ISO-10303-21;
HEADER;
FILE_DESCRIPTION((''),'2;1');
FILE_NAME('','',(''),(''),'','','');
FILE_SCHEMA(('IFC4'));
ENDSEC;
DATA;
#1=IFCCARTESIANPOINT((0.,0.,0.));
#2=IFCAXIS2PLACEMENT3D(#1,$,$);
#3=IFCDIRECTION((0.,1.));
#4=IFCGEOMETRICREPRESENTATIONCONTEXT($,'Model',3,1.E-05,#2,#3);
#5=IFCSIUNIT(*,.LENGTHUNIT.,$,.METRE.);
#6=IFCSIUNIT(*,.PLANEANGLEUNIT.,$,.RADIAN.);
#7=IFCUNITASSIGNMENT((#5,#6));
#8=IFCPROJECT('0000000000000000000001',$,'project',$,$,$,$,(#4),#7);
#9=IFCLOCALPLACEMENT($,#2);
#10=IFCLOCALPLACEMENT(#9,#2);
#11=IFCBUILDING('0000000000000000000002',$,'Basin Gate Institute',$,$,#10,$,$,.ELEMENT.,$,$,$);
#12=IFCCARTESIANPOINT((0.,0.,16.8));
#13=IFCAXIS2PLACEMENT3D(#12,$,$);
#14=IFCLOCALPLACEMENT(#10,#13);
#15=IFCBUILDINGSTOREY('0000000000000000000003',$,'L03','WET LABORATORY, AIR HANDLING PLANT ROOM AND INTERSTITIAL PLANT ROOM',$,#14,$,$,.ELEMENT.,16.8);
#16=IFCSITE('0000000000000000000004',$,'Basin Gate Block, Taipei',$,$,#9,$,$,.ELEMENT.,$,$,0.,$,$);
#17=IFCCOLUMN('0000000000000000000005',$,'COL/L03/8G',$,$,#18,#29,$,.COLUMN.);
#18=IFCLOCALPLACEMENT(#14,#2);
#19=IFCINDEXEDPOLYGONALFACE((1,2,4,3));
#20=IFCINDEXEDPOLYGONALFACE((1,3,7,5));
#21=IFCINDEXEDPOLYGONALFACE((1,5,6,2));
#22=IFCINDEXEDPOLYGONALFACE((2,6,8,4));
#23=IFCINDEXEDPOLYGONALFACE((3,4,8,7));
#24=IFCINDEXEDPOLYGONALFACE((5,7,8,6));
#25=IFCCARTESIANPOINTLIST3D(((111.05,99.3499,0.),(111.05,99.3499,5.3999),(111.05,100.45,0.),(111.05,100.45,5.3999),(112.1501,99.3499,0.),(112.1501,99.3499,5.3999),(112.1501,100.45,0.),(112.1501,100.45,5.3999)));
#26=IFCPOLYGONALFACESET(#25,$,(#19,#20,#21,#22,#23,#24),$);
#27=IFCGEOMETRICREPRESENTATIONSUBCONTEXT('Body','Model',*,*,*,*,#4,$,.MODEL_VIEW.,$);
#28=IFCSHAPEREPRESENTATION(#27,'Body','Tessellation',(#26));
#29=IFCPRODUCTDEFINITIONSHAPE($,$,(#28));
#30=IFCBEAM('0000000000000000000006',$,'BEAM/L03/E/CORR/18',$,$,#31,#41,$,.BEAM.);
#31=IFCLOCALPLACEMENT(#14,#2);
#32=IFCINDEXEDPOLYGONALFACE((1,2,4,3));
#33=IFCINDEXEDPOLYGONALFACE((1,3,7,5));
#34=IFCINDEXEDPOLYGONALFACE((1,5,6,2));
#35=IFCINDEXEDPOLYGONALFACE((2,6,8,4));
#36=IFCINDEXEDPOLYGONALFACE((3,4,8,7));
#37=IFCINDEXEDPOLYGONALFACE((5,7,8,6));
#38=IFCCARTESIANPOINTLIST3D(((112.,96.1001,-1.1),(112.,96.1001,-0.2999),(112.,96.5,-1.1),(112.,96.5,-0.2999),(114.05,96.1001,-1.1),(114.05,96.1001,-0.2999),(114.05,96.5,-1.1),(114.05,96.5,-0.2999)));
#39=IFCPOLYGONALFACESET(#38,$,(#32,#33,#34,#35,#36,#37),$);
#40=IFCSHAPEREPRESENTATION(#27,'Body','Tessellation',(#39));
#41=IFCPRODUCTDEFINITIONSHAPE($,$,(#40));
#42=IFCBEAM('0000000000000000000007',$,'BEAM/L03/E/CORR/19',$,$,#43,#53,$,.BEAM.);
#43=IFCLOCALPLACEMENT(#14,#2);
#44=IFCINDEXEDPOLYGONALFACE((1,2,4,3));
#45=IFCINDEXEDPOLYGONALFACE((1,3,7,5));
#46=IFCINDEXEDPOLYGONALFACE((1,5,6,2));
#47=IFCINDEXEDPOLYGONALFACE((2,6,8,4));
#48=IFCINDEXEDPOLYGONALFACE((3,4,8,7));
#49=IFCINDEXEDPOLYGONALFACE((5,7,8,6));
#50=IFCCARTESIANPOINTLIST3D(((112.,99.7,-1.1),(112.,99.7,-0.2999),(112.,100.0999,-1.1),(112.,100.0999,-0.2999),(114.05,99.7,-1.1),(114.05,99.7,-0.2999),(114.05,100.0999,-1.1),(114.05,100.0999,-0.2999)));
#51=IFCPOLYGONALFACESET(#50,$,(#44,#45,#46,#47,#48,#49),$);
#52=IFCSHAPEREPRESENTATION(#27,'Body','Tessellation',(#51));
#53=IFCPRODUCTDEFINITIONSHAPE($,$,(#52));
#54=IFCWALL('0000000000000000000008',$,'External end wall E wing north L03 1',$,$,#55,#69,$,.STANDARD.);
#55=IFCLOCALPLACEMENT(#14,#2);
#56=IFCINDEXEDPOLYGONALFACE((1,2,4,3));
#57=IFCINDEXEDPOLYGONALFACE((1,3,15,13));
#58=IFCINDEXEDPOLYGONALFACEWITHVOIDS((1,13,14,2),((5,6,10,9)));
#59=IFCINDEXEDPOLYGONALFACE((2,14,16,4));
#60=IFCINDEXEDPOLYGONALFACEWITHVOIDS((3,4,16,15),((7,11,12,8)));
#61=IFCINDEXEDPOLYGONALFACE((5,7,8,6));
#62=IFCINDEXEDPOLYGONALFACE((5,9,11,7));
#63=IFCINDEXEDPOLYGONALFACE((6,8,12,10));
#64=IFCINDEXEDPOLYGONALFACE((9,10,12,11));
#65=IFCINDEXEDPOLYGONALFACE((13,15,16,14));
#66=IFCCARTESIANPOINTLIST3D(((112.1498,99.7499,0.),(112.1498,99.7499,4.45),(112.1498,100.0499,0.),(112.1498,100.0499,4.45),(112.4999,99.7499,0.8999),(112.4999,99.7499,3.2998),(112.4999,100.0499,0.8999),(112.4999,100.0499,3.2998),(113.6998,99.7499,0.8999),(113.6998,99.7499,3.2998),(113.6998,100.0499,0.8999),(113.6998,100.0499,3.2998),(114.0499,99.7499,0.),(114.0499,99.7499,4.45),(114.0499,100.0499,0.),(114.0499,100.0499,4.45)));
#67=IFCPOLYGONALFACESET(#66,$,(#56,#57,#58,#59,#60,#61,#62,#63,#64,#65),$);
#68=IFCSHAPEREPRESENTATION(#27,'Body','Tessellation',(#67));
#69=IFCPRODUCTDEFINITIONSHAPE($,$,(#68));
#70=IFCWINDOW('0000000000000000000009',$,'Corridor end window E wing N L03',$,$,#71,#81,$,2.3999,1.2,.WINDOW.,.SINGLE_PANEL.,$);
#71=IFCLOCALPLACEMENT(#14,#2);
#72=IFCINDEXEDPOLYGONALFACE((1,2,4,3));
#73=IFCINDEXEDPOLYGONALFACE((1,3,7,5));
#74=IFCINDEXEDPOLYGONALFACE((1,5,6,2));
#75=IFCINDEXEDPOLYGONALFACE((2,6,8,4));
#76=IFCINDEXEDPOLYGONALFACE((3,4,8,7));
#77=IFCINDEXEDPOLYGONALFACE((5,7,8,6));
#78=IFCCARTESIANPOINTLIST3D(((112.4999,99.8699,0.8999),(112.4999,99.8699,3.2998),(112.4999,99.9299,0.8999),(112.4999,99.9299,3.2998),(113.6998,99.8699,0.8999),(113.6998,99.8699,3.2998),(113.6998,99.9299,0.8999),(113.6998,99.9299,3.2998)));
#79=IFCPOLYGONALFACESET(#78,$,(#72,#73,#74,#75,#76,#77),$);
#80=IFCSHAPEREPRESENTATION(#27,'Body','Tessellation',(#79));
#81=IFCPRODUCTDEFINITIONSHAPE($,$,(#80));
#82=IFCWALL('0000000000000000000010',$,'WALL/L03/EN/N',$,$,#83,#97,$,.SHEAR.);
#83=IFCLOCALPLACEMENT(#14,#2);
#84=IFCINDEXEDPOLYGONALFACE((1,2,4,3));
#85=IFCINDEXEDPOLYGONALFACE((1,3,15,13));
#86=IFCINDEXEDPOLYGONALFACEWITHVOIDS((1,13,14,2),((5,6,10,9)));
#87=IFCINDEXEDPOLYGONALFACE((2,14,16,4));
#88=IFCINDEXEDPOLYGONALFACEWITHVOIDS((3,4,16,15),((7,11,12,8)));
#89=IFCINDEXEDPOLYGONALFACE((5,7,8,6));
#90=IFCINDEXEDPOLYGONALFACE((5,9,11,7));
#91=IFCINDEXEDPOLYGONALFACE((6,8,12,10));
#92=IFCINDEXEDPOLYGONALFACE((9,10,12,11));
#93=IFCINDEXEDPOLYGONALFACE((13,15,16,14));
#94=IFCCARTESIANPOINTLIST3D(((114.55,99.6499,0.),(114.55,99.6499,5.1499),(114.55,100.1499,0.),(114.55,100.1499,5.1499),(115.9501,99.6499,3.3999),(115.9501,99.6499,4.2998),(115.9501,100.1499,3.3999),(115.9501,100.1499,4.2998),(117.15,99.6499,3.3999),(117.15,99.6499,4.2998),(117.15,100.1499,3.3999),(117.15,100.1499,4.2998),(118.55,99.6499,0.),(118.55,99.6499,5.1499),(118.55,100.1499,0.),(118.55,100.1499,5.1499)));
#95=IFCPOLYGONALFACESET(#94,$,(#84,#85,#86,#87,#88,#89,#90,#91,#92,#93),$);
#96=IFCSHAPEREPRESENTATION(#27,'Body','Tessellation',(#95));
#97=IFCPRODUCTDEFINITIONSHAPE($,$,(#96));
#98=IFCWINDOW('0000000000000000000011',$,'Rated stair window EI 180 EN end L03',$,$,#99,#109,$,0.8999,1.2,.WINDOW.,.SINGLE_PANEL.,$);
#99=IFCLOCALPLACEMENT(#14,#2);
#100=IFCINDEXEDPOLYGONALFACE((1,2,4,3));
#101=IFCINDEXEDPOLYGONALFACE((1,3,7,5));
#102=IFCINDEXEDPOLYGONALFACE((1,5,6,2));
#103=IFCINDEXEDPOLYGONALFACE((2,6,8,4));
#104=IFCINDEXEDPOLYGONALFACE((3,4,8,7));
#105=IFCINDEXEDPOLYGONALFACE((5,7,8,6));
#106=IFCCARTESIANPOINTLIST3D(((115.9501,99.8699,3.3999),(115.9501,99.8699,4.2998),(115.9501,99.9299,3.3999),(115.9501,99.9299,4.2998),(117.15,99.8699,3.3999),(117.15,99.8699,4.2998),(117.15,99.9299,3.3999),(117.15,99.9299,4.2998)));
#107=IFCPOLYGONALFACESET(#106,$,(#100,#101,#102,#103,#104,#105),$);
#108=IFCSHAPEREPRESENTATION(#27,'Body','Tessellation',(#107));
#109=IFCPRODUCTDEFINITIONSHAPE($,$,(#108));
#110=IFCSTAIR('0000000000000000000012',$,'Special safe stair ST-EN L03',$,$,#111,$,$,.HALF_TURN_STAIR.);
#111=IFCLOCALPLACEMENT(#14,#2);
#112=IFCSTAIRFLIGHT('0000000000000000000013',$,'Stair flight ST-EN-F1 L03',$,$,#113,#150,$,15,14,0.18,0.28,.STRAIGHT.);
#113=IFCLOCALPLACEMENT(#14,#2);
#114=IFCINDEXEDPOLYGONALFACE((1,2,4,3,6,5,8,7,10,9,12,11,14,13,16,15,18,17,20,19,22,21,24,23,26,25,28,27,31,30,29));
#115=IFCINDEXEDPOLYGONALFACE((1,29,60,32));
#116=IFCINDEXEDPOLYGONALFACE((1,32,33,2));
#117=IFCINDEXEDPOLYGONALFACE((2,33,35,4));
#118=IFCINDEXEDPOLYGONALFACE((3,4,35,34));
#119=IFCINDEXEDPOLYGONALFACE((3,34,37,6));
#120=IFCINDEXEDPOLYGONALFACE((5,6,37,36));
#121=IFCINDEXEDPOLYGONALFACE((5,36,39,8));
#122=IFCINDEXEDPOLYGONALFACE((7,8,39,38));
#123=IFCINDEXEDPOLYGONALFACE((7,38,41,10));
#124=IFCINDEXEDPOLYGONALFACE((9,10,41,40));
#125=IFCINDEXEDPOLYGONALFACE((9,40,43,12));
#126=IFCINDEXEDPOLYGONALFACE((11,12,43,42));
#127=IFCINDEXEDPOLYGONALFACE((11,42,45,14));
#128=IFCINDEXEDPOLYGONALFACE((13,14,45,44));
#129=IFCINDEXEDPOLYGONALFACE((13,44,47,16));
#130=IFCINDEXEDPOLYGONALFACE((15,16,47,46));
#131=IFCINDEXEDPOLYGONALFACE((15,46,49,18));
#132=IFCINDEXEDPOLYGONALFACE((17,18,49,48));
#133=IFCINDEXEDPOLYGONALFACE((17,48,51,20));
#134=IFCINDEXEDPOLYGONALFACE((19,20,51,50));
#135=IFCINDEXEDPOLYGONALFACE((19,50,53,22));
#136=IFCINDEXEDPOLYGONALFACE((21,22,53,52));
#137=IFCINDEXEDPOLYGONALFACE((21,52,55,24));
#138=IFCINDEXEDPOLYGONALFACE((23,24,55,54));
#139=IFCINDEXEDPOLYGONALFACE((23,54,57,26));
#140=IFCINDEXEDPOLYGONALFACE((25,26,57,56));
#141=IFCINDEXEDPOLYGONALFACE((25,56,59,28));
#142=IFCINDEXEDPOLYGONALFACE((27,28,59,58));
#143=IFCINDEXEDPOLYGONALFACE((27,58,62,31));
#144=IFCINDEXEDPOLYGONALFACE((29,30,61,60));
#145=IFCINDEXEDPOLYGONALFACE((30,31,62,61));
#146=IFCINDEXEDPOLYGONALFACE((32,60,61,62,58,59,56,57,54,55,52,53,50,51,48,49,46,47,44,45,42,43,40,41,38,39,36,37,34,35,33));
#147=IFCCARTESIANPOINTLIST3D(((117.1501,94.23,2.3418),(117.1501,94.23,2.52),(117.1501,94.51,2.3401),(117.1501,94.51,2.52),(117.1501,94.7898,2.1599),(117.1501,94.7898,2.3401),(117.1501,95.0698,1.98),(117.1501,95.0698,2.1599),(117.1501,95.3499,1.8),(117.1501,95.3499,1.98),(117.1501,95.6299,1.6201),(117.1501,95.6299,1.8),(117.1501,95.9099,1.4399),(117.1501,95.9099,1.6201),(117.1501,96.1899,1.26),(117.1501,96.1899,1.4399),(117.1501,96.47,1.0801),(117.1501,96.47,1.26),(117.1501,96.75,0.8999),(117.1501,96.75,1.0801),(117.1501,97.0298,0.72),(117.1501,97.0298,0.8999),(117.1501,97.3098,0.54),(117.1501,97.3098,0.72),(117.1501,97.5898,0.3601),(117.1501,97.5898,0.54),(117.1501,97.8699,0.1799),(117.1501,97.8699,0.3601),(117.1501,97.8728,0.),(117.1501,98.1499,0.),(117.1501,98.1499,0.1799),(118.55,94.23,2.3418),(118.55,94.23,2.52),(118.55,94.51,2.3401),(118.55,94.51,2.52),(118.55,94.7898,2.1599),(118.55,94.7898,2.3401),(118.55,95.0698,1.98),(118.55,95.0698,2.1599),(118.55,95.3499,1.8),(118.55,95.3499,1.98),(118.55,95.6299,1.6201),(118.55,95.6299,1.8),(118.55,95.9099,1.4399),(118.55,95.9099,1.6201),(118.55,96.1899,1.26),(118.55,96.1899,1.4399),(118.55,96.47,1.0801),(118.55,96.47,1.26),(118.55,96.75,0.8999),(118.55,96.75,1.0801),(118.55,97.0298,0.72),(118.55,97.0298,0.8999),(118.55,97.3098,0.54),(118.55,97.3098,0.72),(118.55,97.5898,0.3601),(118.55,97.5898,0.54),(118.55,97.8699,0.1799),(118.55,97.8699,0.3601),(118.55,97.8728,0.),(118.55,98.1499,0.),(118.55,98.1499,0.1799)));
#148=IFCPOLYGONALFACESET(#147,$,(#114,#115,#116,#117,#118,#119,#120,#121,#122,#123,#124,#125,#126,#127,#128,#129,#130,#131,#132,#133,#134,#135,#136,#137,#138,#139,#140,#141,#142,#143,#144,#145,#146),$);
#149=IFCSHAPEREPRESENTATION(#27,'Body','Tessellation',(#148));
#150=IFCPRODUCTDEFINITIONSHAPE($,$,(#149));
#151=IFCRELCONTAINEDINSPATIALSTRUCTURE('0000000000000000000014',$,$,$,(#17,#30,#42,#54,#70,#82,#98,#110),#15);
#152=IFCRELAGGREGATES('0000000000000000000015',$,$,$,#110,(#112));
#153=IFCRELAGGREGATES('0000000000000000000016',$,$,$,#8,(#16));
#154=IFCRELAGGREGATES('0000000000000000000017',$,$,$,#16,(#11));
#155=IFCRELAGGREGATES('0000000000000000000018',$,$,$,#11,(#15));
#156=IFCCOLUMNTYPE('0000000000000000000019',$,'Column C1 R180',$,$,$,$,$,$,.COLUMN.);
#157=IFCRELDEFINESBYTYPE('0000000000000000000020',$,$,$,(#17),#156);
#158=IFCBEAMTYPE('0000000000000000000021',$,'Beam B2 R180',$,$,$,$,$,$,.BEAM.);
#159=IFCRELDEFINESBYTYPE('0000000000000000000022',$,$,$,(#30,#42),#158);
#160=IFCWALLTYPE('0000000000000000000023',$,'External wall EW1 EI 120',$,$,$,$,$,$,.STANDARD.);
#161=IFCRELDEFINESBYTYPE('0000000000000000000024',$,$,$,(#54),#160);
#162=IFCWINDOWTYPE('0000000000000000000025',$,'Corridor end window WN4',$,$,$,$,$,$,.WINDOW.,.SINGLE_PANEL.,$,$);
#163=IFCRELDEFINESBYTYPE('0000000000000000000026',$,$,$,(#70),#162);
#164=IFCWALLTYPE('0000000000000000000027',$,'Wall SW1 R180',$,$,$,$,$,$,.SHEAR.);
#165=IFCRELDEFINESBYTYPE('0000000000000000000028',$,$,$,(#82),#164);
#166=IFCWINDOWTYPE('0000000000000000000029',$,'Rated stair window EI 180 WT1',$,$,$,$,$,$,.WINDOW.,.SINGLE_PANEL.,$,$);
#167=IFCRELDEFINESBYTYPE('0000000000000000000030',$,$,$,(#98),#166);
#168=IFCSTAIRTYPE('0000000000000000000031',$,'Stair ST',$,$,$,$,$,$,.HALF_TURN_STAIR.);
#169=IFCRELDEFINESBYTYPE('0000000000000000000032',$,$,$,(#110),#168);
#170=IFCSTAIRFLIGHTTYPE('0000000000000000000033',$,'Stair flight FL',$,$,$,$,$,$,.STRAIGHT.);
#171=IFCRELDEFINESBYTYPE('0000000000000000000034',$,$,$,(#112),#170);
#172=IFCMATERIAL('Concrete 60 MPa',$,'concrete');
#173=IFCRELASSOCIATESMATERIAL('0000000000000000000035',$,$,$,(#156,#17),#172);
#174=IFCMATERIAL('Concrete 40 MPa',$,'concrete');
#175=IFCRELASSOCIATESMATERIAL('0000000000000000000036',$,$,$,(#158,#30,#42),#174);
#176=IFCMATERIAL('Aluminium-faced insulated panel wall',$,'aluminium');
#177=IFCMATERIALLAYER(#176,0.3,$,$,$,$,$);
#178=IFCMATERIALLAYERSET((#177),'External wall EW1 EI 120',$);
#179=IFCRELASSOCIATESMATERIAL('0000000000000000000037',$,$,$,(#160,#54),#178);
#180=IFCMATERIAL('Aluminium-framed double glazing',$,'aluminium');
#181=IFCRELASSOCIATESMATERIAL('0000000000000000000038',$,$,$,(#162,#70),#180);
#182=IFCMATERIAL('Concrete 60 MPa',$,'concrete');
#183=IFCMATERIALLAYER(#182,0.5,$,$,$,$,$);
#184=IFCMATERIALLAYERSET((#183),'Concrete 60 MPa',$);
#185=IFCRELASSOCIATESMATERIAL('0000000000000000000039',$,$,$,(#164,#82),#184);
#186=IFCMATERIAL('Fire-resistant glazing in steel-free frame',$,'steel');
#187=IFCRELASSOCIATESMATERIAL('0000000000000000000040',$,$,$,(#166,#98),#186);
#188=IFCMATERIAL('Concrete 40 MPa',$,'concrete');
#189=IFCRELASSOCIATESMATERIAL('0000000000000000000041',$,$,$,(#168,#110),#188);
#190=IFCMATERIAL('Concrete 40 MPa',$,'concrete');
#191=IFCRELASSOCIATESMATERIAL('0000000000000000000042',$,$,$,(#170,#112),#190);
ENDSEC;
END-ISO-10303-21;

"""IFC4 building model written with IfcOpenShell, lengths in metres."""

from ifc_helpers import new_model, si_unit, direction, frame, frame_2d, origin, origin_2d, place, context, subcontext, project, spatial, polyline, rectangle, outline, extrude, material, layer, layer_set, material_profile, profile_set, type_object, element, fill, aggregate, save


model = new_model("IFC4")

# Units and contexts
model_context = context("Model", 3, precision=1e-05, world=origin(), true_north=direction((0.0, 1.0)))
body_context = subcontext(model_context, "Body", "Model", "MODEL_VIEW")
ifc_project = project(units=[si_unit("LENGTHUNIT", "METRE"), si_unit("PLANEANGLEUNIT", "RADIAN")], contexts=[model_context])

# Site, building, storey
site_placement = place(None, origin())
site = spatial("IfcSite", under=ifc_project, at=site_placement, Name="Basin Gate Block, Taipei", CompositionType="ELEMENT", RefElevation=0.0)
building_placement = place(site_placement, origin())
building = spatial("IfcBuilding", under=site, at=building_placement, Name="Basin Gate Institute", CompositionType="ELEMENT")
storey_placement = place(building_placement, frame((0.0, 0.0, 16.8)))
storey = spatial("IfcBuildingStorey", under=building, at=storey_placement, Name="L03", Description="WET LABORATORY, AIR HANDLING PLANT ROOM AND INTERSTITIAL PLANT ROOM", CompositionType="ELEMENT", Elevation=16.8)

# Column
ifc_material_1 = material(Name="Concrete 60 MPa", Category="concrete")
ifc_material_profile_1 = material_profile(ifc_material_1, rectangle(XDim=1.1001, YDim=1.1001, at=origin_2d()), Name="Column C1 1100 x 1100")
ifc_profile_set_1 = profile_set([ifc_material_profile_1], Name="Concrete 60 MPa")
column_type = type_object("IfcColumnType", Name="Column C1 R180", PredefinedType="COLUMN", material=ifc_profile_set_1)
column_placement = place(storey_placement, frame((111.6001, 99.8999, 0.0), z_axis=(0.0, 0.0, 1.0), x_axis=(1.0, 0.0, 0.0)))
element("IfcColumn", 1, at=column_placement, inside=storey, type_object=column_type, material=ifc_profile_set_1, Name="COL/L03/8G", PredefinedType="COLUMN", context=body_context, shape_type="SweptSolid", body=[
    extrude(rectangle(XDim=1.1001, YDim=1.1001, at=origin_2d()), origin(), (0.0, 0.0, 1.0), 5.3999),
])

# Beams
ifc_material_2 = material(Name="Concrete 40 MPa", Category="concrete")
ifc_material_profile_2 = material_profile(ifc_material_2, rectangle(XDim=0.3999, YDim=0.8, at=origin_2d()), Name="Beam B2 400 x 800")
ifc_profile_set_2 = profile_set([ifc_material_profile_2], Name="Concrete 40 MPa")
beam_type = type_object("IfcBeamType", Name="Beam B2 R180", PredefinedType="BEAM", material=ifc_profile_set_2)
for number, where, z_axis, x_axis, name in (
    (2, (114.05, 96.3, -0.7), (-1.0, 0.0, 0.0), (0.0, -1.0, 0.0), "BEAM/L03/E/CORR/18"),
    (3, (114.05, 99.8999, -0.7), (-1.0, 0.0, 0.0), (0.0, -1.0, 0.0), "BEAM/L03/E/CORR/19"),
):
    element("IfcBeam", number, at=place(storey_placement, frame(where, z_axis=z_axis, x_axis=x_axis)), inside=storey, type_object=beam_type, material=ifc_profile_set_2, Name=name, PredefinedType="BEAM", context=body_context, shape_type="SweptSolid", body=[
        extrude(rectangle(XDim=0.3999, YDim=0.8, at=origin_2d()), origin(), (0.0, 0.0, 1.0), 2.05),
    ])

# Walls, openings, windows
ifc_material_3 = material(Name="Aluminium-faced insulated panel wall", Category="aluminium")
ifc_layer_1 = layer(ifc_material_3, 0.3)
ifc_layer_set_1 = layer_set([ifc_layer_1], Name="External wall EW1 EI 120")
wall_type_1 = type_object("IfcWallType", Name="External wall EW1 EI 120", PredefinedType="STANDARD", material=ifc_layer_set_1)
wall_1_placement = place(storey_placement, frame((114.05, 99.8999, 0.0), z_axis=(0.0, 0.0, 1.0), x_axis=(-1.0, 0.0, 0.0)))
wall_1 = element("IfcWall", 4, at=wall_1_placement, inside=storey, type_object=wall_type_1, material=ifc_layer_set_1, Name="External end wall E wing north L03 1", PredefinedType="STANDARD", context=body_context, shape_type="SweptSolid", body=[
    extrude(rectangle(XDim=1.9001, YDim=0.3, at=frame_2d((0.9502, 0.0))), origin(), (0.0, 0.0, 1.0), 4.45),
])
opening_1_placement = place(wall_1_placement, frame((0.3501, 0.0, 0.8999)))
opening_1 = element("IfcOpeningElement", 5, at=opening_1_placement, cuts=wall_1, PredefinedType="OPENING", context=body_context, shape_type="SweptSolid", body=[
    extrude(rectangle(XDim=1.2, YDim=2.3999, at=frame_2d((0.6001, 1.2))), frame((0.0, 0.1602, 0.0), z_axis=(0.0, -1.0, 0.0), x_axis=(1.0, 0.0, 0.0)), (0.0, 0.0, 1.0), 0.3201),
])
ifc_material_4 = material(Name="Aluminium-framed double glazing", Category="aluminium")
window_type_1 = type_object("IfcWindowType", Name="Corridor end window WN4", PartitioningType="SINGLE_PANEL", PredefinedType="WINDOW", material=ifc_material_4)
window_1_placement = place(opening_1_placement, origin())
window_1 = element("IfcWindow", 6, at=window_1_placement, inside=storey, type_object=window_type_1, material=ifc_material_4, Name="Corridor end window E wing N L03", OverallHeight=2.3999, OverallWidth=1.2, PartitioningType="SINGLE_PANEL", PredefinedType="WINDOW", context=body_context, shape_type="SweptSolid", body=[
    extrude(rectangle(XDim=1.2, YDim=2.3999, at=frame_2d((0.6001, 1.2))), frame((0.0, 0.03, 0.0), z_axis=(0.0, -1.0, 0.0), x_axis=(1.0, 0.0, 0.0)), (0.0, 0.0, 1.0), 0.0601),
])
fill(opening_1, window_1)
ifc_material_5 = material(Name="Concrete 60 MPa", Category="concrete")
ifc_layer_2 = layer(ifc_material_5, 0.5)
ifc_layer_set_2 = layer_set([ifc_layer_2], Name="Concrete 60 MPa")
wall_type_2 = type_object("IfcWallType", Name="Wall SW1 R180", PredefinedType="SHEAR", material=ifc_layer_set_2)
wall_2_placement = place(storey_placement, frame((118.55, 99.8999, 0.0), z_axis=(0.0, 0.0, 1.0), x_axis=(-1.0, 0.0, 0.0)))
wall_2 = element("IfcWall", 7, at=wall_2_placement, inside=storey, type_object=wall_type_2, material=ifc_layer_set_2, Name="WALL/L03/EN/N", PredefinedType="SHEAR", context=body_context, shape_type="SweptSolid", body=[
    extrude(rectangle(XDim=4.0, YDim=0.5, at=frame_2d((2.0, 0.0))), origin(), (0.0, 0.0, 1.0), 5.1499),
])
opening_2_placement = place(wall_2_placement, frame((1.3999, 0.0, 3.3999)))
opening_2 = element("IfcOpeningElement", 8, at=opening_2_placement, cuts=wall_2, PredefinedType="OPENING", context=body_context, shape_type="SweptSolid", body=[
    extrude(rectangle(XDim=1.2, YDim=0.8999, at=frame_2d((0.6001, 0.45))), frame((0.0, 0.26, 0.0), z_axis=(0.0, -1.0, 0.0), x_axis=(1.0, 0.0, 0.0)), (0.0, 0.0, 1.0), 0.52),
])
ifc_material_6 = material(Name="Fire-resistant glazing in steel-free frame", Category="steel")
window_type_2 = type_object("IfcWindowType", Name="Rated stair window EI 180 WT1", PartitioningType="SINGLE_PANEL", PredefinedType="WINDOW", material=ifc_material_6)
window_2_placement = place(opening_2_placement, origin())
window_2 = element("IfcWindow", 9, at=window_2_placement, inside=storey, type_object=window_type_2, material=ifc_material_6, Name="Rated stair window EI 180 EN end L03", OverallHeight=0.8999, OverallWidth=1.2, PartitioningType="SINGLE_PANEL", PredefinedType="WINDOW", context=body_context, shape_type="SweptSolid", body=[
    extrude(rectangle(XDim=1.2, YDim=0.8999, at=frame_2d((0.6001, 0.45))), frame((0.0, 0.03, 0.0), z_axis=(0.0, -1.0, 0.0), x_axis=(1.0, 0.0, 0.0)), (0.0, 0.0, 1.0), 0.0601),
])
fill(opening_2, window_2)

# Stair, stair flight
ifc_material_7 = material(Name="Concrete 40 MPa", Category="concrete")
stair_type = type_object("IfcStairType", Name="Stair ST", PredefinedType="HALF_TURN_STAIR", material=ifc_material_7)
stair_placement = place(storey_placement, origin())
stair = element("IfcStair", 10, at=stair_placement, inside=storey, type_object=stair_type, material=ifc_material_7, Name="Special safe stair ST-EN L03", PredefinedType="HALF_TURN_STAIR")
ifc_material_8 = material(Name="Concrete 40 MPa", Category="concrete")
stair_flight_type = type_object("IfcStairFlightType", Name="Stair flight FL", PredefinedType="STRAIGHT", material=ifc_material_8)
stair_flight_1_placement = place(storey_placement, frame((117.8501, 98.1499, 0.0), z_axis=(0.0, 0.0, 1.0), x_axis=(0.0, -1.0, 0.0)))
stair_flight_1 = element("IfcStairFlight", 11, at=stair_flight_1_placement, type_object=stair_flight_type, material=ifc_material_8, Name="Stair flight ST-EN-F1 L03", NumberOfRisers=15, NumberOfTreads=14, PredefinedType="STRAIGHT", RiserHeight=0.18, TreadLength=0.28, context=body_context, shape_type="SweptSolid", body=[
    extrude(outline(polyline([(0.0, 0.0), (0.0, 0.1799), (0.28, 0.1799), (0.28, 0.3601), (0.5601, 0.3601), (0.5601, 0.54), (0.8401, 0.54), (0.8401, 0.72), (1.1201, 0.72), (1.1201, 0.8999), (1.3999, 0.8999), (1.3999, 1.0801), (1.6799, 1.0801), (1.6799, 1.26), (1.96, 1.26), (1.96, 1.4399), (2.24, 1.4399), (2.24, 1.6201), (2.52, 1.6201), (2.52, 1.8), (2.8, 1.8), (2.8, 1.98), (3.0801, 1.98), (3.0801, 2.1599), (3.3601, 2.1599), (3.3601, 2.3401), (3.6399, 2.3401), (3.6399, 2.52), (3.9199, 2.52), (3.9199, 2.7), (3.9199, 2.3418), (0.2771, 0.0), (0.0, 0.0)])), frame((0.0, 0.7, 0.0), z_axis=(0.0, -1.0, 0.0), x_axis=(1.0, 0.0, 0.0)), (0.0, 0.0, 1.0), 1.3999),
])
aggregate(stair, [stair_flight_1])

save(model, "model.ifc")
